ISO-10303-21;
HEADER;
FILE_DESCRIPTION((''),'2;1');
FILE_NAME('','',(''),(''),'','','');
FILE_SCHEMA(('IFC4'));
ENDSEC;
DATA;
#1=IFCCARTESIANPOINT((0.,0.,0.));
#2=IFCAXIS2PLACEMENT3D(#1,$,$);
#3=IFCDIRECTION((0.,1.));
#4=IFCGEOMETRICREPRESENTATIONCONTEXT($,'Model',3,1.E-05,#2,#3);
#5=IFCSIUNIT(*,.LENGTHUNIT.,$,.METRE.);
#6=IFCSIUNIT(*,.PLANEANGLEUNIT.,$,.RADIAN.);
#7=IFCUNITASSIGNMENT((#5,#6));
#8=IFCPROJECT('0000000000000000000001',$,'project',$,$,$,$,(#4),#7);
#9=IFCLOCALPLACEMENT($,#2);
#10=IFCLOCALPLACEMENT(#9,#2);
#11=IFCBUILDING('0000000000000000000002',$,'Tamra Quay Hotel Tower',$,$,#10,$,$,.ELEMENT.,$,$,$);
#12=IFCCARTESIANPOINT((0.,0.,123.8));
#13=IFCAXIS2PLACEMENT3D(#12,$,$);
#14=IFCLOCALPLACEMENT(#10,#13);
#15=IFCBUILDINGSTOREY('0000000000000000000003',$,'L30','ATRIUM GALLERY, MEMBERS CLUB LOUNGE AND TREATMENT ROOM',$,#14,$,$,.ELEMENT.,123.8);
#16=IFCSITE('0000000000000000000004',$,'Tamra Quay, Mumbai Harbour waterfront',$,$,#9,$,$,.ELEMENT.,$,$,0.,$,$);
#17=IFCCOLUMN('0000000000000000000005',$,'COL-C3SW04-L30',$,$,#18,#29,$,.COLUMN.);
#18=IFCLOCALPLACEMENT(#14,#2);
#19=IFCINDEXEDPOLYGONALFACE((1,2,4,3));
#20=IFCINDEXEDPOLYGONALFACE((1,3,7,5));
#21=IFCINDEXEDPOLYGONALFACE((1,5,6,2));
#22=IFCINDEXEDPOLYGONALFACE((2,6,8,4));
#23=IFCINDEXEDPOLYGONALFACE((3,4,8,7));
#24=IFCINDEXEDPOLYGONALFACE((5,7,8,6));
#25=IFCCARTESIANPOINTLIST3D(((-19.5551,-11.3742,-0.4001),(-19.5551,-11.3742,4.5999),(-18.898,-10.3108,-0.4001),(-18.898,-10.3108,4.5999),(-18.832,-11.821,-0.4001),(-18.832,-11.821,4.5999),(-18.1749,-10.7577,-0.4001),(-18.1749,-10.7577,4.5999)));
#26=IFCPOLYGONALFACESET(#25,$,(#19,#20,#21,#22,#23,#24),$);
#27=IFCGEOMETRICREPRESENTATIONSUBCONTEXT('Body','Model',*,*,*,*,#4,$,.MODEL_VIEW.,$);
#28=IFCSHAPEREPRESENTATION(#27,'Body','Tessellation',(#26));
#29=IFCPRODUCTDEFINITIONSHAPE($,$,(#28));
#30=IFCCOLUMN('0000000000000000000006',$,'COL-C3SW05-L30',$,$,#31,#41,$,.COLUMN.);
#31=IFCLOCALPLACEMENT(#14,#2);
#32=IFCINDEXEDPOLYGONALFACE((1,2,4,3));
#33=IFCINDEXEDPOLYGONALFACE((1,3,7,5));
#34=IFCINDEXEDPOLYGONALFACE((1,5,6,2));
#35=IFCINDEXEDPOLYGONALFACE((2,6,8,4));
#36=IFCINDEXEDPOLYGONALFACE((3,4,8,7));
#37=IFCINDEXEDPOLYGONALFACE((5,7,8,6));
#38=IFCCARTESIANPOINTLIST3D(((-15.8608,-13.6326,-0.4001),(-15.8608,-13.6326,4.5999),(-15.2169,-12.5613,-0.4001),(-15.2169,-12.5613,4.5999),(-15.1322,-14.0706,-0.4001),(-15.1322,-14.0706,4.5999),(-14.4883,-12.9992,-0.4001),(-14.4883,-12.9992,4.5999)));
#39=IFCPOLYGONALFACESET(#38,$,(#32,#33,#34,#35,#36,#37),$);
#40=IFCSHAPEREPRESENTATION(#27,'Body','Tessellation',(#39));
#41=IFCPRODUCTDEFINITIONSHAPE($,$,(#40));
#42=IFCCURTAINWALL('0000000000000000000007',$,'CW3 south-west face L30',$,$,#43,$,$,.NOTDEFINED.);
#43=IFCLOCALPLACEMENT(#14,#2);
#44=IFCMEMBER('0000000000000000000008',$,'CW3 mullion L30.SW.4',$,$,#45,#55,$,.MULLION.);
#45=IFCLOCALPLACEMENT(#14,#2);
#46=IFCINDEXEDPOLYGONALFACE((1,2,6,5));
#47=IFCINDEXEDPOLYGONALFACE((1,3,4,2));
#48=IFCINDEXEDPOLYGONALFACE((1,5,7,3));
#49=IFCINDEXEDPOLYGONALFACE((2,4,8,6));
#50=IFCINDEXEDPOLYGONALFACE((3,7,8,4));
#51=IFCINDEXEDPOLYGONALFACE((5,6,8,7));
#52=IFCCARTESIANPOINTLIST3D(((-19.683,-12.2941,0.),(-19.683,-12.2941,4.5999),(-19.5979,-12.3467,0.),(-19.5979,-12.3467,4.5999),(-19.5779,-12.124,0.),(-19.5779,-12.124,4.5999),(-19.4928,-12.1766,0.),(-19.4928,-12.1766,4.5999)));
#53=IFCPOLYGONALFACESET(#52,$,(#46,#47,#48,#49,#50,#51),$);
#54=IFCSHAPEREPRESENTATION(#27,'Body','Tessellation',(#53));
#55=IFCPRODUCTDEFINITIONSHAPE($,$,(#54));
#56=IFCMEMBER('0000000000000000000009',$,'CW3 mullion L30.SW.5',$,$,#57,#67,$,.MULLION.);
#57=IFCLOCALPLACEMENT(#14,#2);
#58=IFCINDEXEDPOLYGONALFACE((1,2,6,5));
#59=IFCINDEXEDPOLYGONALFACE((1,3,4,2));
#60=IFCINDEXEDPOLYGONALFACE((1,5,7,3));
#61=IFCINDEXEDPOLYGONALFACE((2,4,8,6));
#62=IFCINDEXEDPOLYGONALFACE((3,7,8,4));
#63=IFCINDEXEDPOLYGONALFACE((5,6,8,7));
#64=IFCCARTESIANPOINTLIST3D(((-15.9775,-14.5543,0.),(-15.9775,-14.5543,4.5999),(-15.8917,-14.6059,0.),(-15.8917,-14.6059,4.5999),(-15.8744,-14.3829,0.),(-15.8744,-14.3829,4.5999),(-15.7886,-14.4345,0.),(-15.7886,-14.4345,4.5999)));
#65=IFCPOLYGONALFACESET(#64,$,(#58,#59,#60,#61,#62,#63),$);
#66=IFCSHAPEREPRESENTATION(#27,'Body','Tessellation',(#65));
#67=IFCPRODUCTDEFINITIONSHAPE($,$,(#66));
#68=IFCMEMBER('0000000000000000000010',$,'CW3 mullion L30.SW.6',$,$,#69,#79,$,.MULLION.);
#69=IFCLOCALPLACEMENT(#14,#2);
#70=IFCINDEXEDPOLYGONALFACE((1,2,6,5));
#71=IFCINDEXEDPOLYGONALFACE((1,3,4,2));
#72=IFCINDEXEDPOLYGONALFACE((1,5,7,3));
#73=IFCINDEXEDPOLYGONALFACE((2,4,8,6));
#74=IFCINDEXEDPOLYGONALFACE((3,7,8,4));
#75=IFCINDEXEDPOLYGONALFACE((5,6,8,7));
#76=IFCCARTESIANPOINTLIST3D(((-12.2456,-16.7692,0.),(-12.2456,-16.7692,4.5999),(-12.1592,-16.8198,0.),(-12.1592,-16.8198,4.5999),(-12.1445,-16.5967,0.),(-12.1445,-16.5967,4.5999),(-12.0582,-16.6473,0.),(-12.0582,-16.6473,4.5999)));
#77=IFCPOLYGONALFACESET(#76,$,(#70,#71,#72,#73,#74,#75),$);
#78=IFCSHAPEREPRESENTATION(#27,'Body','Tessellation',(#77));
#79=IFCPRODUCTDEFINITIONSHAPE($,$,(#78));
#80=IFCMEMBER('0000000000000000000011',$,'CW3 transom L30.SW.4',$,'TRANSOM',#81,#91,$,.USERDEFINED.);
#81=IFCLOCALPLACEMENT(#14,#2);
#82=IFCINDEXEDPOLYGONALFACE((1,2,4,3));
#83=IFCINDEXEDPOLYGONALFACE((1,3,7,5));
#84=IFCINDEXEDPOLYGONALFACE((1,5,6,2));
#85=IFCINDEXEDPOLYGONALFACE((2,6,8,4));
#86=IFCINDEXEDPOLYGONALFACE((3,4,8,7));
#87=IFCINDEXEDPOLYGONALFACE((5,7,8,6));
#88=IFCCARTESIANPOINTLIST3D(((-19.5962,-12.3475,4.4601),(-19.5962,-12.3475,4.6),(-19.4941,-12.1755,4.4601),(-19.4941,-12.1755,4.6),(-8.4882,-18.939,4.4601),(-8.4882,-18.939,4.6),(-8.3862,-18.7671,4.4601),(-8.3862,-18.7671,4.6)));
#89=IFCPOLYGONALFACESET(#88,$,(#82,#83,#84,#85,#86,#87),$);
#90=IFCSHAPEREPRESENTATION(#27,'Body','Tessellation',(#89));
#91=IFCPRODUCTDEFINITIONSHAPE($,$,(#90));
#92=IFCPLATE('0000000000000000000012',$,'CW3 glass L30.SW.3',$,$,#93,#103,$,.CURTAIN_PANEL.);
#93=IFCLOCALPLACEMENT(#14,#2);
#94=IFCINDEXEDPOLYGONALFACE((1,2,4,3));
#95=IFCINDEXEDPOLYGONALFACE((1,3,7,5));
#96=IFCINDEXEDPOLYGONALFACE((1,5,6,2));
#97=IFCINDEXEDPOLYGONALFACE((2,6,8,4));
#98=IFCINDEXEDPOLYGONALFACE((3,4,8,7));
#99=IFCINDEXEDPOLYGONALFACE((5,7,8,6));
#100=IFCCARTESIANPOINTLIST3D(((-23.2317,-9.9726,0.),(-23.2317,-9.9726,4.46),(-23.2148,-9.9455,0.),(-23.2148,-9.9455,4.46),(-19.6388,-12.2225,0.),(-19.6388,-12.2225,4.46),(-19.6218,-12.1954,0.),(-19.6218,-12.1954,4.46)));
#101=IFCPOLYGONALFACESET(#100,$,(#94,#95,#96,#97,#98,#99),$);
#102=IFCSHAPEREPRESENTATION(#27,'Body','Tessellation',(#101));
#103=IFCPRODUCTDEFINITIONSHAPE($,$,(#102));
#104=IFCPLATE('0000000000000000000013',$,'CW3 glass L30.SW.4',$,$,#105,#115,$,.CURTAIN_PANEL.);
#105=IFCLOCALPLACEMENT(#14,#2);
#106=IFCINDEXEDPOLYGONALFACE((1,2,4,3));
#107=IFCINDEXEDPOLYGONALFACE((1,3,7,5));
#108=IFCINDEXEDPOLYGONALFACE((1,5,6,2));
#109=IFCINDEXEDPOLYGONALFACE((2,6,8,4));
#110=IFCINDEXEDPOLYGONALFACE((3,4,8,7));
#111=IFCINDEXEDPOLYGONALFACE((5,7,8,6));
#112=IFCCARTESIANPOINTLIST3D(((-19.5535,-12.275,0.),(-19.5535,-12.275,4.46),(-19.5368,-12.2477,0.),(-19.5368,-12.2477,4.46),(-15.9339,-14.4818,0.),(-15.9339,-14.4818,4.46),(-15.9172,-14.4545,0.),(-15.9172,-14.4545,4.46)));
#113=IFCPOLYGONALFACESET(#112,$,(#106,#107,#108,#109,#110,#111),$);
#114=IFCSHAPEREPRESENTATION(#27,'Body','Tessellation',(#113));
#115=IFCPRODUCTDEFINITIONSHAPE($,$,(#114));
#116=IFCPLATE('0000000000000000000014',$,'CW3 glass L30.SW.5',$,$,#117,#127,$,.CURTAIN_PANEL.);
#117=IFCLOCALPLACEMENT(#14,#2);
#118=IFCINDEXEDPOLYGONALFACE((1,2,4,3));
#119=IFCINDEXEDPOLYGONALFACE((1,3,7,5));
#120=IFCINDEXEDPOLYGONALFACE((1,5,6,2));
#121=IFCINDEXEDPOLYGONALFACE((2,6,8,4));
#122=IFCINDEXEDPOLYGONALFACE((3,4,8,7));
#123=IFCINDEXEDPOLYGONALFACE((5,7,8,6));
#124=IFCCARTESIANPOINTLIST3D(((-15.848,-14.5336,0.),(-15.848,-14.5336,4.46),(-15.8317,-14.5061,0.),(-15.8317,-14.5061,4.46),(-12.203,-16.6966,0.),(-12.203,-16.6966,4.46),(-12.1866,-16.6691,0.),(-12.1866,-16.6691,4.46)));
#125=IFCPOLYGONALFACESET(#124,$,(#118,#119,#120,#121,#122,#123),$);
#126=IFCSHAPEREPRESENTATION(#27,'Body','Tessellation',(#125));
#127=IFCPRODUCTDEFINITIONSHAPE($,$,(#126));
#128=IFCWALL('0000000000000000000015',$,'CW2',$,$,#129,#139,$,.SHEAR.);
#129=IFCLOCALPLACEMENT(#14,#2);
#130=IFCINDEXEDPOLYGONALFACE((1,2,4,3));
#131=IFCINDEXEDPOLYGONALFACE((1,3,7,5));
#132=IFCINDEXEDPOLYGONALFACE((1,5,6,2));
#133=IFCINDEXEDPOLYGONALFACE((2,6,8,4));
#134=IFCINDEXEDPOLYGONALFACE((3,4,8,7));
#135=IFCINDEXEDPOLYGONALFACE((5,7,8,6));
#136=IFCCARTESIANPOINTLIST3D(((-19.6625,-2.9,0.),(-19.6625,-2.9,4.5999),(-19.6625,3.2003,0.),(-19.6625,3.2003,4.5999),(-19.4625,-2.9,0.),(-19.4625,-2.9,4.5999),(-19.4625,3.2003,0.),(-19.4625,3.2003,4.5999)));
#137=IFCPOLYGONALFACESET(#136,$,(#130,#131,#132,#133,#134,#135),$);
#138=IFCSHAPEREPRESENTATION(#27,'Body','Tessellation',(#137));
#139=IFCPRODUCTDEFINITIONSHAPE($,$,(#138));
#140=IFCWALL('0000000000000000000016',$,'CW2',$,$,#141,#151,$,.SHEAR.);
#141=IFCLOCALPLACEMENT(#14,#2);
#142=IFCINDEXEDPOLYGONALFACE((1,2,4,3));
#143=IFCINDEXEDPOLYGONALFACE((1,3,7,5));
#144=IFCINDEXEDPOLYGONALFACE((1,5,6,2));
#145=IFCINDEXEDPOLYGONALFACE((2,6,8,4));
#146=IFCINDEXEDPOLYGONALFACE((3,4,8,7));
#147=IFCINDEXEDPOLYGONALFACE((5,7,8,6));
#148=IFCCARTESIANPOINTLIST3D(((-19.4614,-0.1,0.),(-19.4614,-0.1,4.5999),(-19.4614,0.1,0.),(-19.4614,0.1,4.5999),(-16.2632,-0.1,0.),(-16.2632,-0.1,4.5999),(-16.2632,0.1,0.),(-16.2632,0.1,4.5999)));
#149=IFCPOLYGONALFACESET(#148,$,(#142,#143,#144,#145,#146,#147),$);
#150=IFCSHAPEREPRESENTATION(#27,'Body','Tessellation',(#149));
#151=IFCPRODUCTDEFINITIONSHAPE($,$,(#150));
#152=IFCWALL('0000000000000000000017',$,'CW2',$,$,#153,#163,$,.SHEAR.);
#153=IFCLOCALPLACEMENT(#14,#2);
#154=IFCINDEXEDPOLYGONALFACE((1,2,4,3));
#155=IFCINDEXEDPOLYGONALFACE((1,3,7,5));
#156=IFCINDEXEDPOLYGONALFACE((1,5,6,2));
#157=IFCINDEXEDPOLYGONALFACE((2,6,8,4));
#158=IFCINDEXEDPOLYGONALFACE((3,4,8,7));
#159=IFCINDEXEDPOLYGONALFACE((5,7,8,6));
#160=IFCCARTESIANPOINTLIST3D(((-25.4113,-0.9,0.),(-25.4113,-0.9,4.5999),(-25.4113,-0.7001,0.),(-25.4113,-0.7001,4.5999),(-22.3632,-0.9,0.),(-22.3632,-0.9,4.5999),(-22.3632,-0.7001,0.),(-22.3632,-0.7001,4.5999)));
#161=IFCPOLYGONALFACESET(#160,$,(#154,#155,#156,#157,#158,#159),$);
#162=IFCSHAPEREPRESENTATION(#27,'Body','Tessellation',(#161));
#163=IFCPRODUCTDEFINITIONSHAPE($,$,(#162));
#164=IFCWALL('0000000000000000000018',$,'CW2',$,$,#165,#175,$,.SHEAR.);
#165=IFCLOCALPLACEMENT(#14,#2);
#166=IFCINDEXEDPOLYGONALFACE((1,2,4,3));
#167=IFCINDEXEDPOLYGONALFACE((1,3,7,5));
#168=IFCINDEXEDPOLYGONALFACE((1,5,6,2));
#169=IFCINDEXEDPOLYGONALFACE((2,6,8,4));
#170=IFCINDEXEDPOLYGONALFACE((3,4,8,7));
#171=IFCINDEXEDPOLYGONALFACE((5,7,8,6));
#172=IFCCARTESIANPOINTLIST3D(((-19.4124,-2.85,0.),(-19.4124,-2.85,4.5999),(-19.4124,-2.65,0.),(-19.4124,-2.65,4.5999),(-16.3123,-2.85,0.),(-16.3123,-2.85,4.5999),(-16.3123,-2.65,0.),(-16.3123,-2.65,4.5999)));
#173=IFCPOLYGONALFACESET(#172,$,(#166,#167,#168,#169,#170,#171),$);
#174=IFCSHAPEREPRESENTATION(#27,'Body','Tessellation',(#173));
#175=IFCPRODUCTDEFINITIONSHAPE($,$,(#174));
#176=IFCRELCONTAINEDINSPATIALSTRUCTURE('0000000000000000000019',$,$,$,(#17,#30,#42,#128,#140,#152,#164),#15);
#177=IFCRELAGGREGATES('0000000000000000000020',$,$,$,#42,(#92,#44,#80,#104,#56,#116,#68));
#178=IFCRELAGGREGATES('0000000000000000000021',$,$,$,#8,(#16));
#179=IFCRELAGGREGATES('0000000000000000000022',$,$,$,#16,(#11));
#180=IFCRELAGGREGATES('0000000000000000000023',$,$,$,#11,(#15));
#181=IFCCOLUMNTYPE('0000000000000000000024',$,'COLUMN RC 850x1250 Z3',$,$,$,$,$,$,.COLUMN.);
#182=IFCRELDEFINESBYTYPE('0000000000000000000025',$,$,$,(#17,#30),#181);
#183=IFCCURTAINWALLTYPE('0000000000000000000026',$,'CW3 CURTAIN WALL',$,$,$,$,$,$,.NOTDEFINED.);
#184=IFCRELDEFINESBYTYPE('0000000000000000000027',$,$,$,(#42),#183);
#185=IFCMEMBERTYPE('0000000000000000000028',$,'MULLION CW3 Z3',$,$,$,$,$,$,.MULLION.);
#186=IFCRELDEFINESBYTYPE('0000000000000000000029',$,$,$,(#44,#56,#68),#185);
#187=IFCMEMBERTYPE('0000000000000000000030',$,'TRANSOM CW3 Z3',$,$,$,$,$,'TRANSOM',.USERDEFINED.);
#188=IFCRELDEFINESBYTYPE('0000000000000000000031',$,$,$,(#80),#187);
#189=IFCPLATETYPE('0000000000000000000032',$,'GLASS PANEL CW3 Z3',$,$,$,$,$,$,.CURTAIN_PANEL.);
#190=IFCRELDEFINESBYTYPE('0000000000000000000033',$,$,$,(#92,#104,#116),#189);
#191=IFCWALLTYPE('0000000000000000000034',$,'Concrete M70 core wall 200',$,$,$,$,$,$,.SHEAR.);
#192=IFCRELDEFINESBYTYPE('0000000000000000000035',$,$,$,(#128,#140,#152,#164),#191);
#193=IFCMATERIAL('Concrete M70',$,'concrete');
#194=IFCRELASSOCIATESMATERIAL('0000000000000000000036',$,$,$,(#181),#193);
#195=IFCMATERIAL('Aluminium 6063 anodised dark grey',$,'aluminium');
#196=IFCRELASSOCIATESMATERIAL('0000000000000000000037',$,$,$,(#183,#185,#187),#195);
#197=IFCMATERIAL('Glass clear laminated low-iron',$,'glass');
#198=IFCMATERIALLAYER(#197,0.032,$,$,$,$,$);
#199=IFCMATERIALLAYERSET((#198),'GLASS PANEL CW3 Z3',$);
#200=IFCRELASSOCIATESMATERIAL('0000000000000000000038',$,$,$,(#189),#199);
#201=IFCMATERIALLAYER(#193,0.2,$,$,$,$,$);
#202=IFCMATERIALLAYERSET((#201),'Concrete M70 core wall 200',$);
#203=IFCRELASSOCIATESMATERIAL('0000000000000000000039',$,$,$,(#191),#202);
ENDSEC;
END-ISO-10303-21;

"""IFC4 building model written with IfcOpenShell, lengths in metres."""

from ifc_helpers import new_model, si_unit, direction, frame, frame_2d, origin, origin_2d, place, context, subcontext, project, spatial, rectangle, extrude, material, layer, layer_set, material_profile, profile_set, type_object, element, aggregate, save


model = new_model("IFC4")

# Units and contexts
model_context = context("Model", 3, precision=1e-05, world=origin(), true_north=direction((0.0, 1.0)))
body_context = subcontext(model_context, "Body", "Model", "MODEL_VIEW")
ifc_project = project(units=[si_unit("LENGTHUNIT", "METRE"), si_unit("PLANEANGLEUNIT", "RADIAN")], contexts=[model_context])

# Site, building, storey
site_placement = place(None, origin())
site = spatial("IfcSite", under=ifc_project, at=site_placement, Name="Tamra Quay, Mumbai Harbour waterfront", CompositionType="ELEMENT", RefElevation=0.0)
building_placement = place(site_placement, origin())
building = spatial("IfcBuilding", under=site, at=building_placement, Name="Tamra Quay Hotel Tower", CompositionType="ELEMENT")
storey_placement = place(building_placement, frame((0.0, 0.0, 123.8)))
storey = spatial("IfcBuildingStorey", under=building, at=storey_placement, Name="L30", Description="ATRIUM GALLERY, MEMBERS CLUB LOUNGE AND TREATMENT ROOM", CompositionType="ELEMENT", Elevation=123.8)

# Columns
ifc_material_1 = material(Name="Concrete M70", Category="concrete")
ifc_material_profile_1 = material_profile(ifc_material_1, rectangle(XDim=1.25, YDim=0.8501, at=origin_2d()), Name="COLUMN RC 850x1250 Z3")
ifc_profile_set_1 = profile_set([ifc_material_profile_1], Name="Concrete M70")
column_type = type_object("IfcColumnType", Name="COLUMN RC 850x1250 Z3", PredefinedType="COLUMN", material=ifc_profile_set_1)
for number, where, z_axis, x_axis, name in (
    (1, (-18.865, -11.0659, -0.4001), (0.0, 0.0, 1.0), (0.525677, 0.850685, 0.0), "COL-C3SW04-L30"),
    (2, (-15.1746, -13.3159, -0.4001), (0.0, 0.0, 1.0), (0.515162, 0.857093, 0.0), "COL-C3SW05-L30"),
):
    element("IfcColumn", number, at=place(storey_placement, frame(where, z_axis=z_axis, x_axis=x_axis)), inside=storey, type_object=column_type, Name=name, PredefinedType="COLUMN", context=body_context, shape_type="SweptSolid", body=[
        extrude(rectangle(XDim=1.25, YDim=0.8501, at=origin_2d()), origin(), (0.0, 0.0, 1.0), 5.0),
    ])

# Curtain wall, members, plates
ifc_material_2 = material(Name="Aluminium 6063 anodised dark grey", Category="aluminium")
curtain_wall_type = type_object("IfcCurtainWallType", Name="CW3 CURTAIN WALL", PredefinedType="NOTDEFINED", material=ifc_material_2)
curtain_wall_placement = place(storey_placement, origin())
curtain_wall = element("IfcCurtainWall", 3, at=curtain_wall_placement, inside=storey, type_object=curtain_wall_type, Name="CW3 south-west face L30", PredefinedType="NOTDEFINED")
ifc_material_profile_2 = material_profile(ifc_material_2, rectangle(XDim=0.2, YDim=0.1001, at=origin_2d()), Name="MULLION 100X200")
ifc_profile_set_2 = profile_set([ifc_material_profile_2], Name="Aluminium 6063 anodised dark grey")
member_type_1 = type_object("IfcMemberType", Name="MULLION CW3 Z3", PredefinedType="MULLION", material=ifc_profile_set_2)
member_1_placement = place(storey_placement, frame((-19.5879, -12.2354, 0.0), z_axis=(0.0, 0.0, 1.0), x_axis=(-0.525646, -0.850703, 0.0)))
member_1 = element("IfcMember", 4, at=member_1_placement, type_object=member_type_1, Name="CW3 mullion L30.SW.4", PredefinedType="MULLION", context=body_context, shape_type="SweptSolid", body=[
    extrude(rectangle(XDim=0.2, YDim=0.1001, at=origin_2d()), origin(), (0.0, 0.0, 1.0), 4.5999),
])
member_2_placement = place(storey_placement, frame((-15.8831, -14.4944, 0.0), z_axis=(0.0, 0.0, 1.0), x_axis=(-0.515445, -0.856923, 0.0)))
member_2 = element("IfcMember", 5, at=member_2_placement, type_object=member_type_1, Name="CW3 mullion L30.SW.5", PredefinedType="MULLION", context=body_context, shape_type="SweptSolid", body=[
    extrude(rectangle(XDim=0.2, YDim=0.1001, at=origin_2d()), origin(), (0.0, 0.0, 1.0), 4.5999),
])
member_3_placement = place(storey_placement, frame((-12.1519, -16.7083, 0.0), z_axis=(0.0, 0.0, 1.0), x_axis=(-0.505169, -0.863021, 0.0)))
member_3 = element("IfcMember", 6, at=member_3_placement, type_object=member_type_1, Name="CW3 mullion L30.SW.6", PredefinedType="MULLION", context=body_context, shape_type="SweptSolid", body=[
    extrude(rectangle(XDim=0.2, YDim=0.1001, at=origin_2d()), origin(), (0.0, 0.0, 1.0), 4.5999),
])
ifc_material_profile_3 = material_profile(ifc_material_2, rectangle(XDim=0.2, YDim=0.1399, at=origin_2d()), Name="TRANSOM 200X140")
ifc_profile_set_3 = profile_set([ifc_material_profile_3], Name="Aluminium 6063 anodised dark grey")
member_type_2 = type_object("IfcMemberType", Name="TRANSOM CW3 Z3", ElementType="TRANSOM", PredefinedType="USERDEFINED", material=ifc_profile_set_3)
member_4_placement = place(storey_placement, frame((-19.5452, -12.2615, 4.53), z_axis=(0.859983, -0.510323, 0.0), x_axis=(0.510323, 0.859983, 0.0)))
member_4 = element("IfcMember", 7, at=member_4_placement, type_object=member_type_2, Name="CW3 transom L30.SW.4", ObjectType="TRANSOM", PredefinedType="USERDEFINED", context=body_context, shape_type="SweptSolid", body=[
    extrude(rectangle(XDim=0.2, YDim=0.1399, at=origin_2d()), origin(), (0.0, 0.0, 1.0), 12.9165),
])
ifc_material_3 = material(Name="Glass clear laminated low-iron", Category="glass")
ifc_layer_1 = layer(ifc_material_3, 0.032)
ifc_layer_set_1 = layer_set([ifc_layer_1], Name="GLASS PANEL CW3 Z3")
plate_type = type_object("IfcPlateType", Name="GLASS PANEL CW3 Z3", PredefinedType="CURTAIN_PANEL", material=ifc_layer_set_1)
plate_1_placement = place(storey_placement, frame((-21.4268, -11.084, 0.0), z_axis=(0.0, 0.0, 1.0), x_axis=(0.847546, -0.530721, 0.0)))
plate_1 = element("IfcPlate", 8, at=plate_1_placement, type_object=plate_type, Name="CW3 glass L30.SW.3", PredefinedType="CURTAIN_PANEL", context=body_context, shape_type="SweptSolid", body=[
    extrude(rectangle(XDim=4.2393, YDim=0.032, at=origin_2d()), origin(), (0.0, 0.0, 1.0), 4.46),
])
plate_2_placement = place(storey_placement, frame((-17.7354, -13.3647, 0.0), z_axis=(0.0, 0.0, 1.0), x_axis=(0.85383, -0.520552, 0.0)))
plate_2 = element("IfcPlate", 9, at=plate_2_placement, type_object=plate_type, Name="CW3 glass L30.SW.4", PredefinedType="CURTAIN_PANEL", context=body_context, shape_type="SweptSolid", body=[
    extrude(rectangle(XDim=4.2393, YDim=0.032, at=origin_2d()), origin(), (0.0, 0.0, 1.0), 4.46),
])
plate_3_placement = place(storey_placement, frame((-14.0173, -15.6013, 0.0), z_axis=(0.0, 0.0, 1.0), x_axis=(0.859985, -0.510319, 0.0)))
plate_3 = element("IfcPlate", 10, at=plate_3_placement, type_object=plate_type, Name="CW3 glass L30.SW.5", PredefinedType="CURTAIN_PANEL", context=body_context, shape_type="SweptSolid", body=[
    extrude(rectangle(XDim=4.2385, YDim=0.032, at=origin_2d()), origin(), (0.0, 0.0, 1.0), 4.46),
])
aggregate(curtain_wall, [plate_1, member_1, member_4, plate_2, member_2, plate_3, member_3])

# Walls
ifc_layer_2 = layer(ifc_material_1, 0.2)
ifc_layer_set_2 = layer_set([ifc_layer_2], Name="Concrete M70 core wall 200")
wall_type_1 = type_object("IfcWallType", Name="Concrete M70 core wall 200", PredefinedType="SHEAR", material=ifc_layer_set_2)
wall_1_placement = place(storey_placement, frame((-19.5625, -2.9001, 0.0), z_axis=(0.0, 0.0, 1.0), x_axis=(0.0, 1.0, 0.0)))
element("IfcWall", 11, at=wall_1_placement, inside=storey, type_object=wall_type_1, Name="CW2", PredefinedType="SHEAR", context=body_context, shape_type="SweptSolid", body=[
    extrude(rectangle(XDim=6.1003, YDim=0.2, at=frame_2d((3.0503, 0.0))), origin(), (0.0, 0.0, 1.0), 4.5999),
])
wall_2_placement = place(storey_placement, frame((-16.2632, 0.0, 0.0), z_axis=(0.0, 0.0, 1.0), x_axis=(-1.0, 0.0, 0.0)))
element("IfcWall", 12, at=wall_2_placement, inside=storey, type_object=wall_type_1, Name="CW2", PredefinedType="SHEAR", context=body_context, shape_type="SweptSolid", body=[
    extrude(rectangle(XDim=3.1982, YDim=0.2, at=frame_2d((1.5991, 0.0))), origin(), (0.0, 0.0, 1.0), 4.5999),
])
wall_3_placement = place(storey_placement, frame((-22.3633, -0.8, 0.0), z_axis=(0.0, 0.0, 1.0), x_axis=(-1.0, 0.0, 0.0)))
element("IfcWall", 13, at=wall_3_placement, inside=storey, type_object=wall_type_1, Name="CW2", PredefinedType="SHEAR", context=body_context, shape_type="SweptSolid", body=[
    extrude(rectangle(XDim=3.0481, YDim=0.2, at=frame_2d((1.5239, 0.0))), origin(), (0.0, 0.0, 1.0), 4.5999),
])
wall_4_placement = place(storey_placement, frame((-19.4124, -2.75, 0.0), z_axis=(0.0, 0.0, 1.0), x_axis=(1.0, 0.0, 0.0)))
element("IfcWall", 14, at=wall_4_placement, inside=storey, type_object=wall_type_1, Name="CW2", PredefinedType="SHEAR", context=body_context, shape_type="SweptSolid", body=[
    extrude(rectangle(XDim=3.1001, YDim=0.2, at=frame_2d((1.55, 0.0))), origin(), (0.0, 0.0, 1.0), 4.5999),
])

save(model, "model.ifc")
